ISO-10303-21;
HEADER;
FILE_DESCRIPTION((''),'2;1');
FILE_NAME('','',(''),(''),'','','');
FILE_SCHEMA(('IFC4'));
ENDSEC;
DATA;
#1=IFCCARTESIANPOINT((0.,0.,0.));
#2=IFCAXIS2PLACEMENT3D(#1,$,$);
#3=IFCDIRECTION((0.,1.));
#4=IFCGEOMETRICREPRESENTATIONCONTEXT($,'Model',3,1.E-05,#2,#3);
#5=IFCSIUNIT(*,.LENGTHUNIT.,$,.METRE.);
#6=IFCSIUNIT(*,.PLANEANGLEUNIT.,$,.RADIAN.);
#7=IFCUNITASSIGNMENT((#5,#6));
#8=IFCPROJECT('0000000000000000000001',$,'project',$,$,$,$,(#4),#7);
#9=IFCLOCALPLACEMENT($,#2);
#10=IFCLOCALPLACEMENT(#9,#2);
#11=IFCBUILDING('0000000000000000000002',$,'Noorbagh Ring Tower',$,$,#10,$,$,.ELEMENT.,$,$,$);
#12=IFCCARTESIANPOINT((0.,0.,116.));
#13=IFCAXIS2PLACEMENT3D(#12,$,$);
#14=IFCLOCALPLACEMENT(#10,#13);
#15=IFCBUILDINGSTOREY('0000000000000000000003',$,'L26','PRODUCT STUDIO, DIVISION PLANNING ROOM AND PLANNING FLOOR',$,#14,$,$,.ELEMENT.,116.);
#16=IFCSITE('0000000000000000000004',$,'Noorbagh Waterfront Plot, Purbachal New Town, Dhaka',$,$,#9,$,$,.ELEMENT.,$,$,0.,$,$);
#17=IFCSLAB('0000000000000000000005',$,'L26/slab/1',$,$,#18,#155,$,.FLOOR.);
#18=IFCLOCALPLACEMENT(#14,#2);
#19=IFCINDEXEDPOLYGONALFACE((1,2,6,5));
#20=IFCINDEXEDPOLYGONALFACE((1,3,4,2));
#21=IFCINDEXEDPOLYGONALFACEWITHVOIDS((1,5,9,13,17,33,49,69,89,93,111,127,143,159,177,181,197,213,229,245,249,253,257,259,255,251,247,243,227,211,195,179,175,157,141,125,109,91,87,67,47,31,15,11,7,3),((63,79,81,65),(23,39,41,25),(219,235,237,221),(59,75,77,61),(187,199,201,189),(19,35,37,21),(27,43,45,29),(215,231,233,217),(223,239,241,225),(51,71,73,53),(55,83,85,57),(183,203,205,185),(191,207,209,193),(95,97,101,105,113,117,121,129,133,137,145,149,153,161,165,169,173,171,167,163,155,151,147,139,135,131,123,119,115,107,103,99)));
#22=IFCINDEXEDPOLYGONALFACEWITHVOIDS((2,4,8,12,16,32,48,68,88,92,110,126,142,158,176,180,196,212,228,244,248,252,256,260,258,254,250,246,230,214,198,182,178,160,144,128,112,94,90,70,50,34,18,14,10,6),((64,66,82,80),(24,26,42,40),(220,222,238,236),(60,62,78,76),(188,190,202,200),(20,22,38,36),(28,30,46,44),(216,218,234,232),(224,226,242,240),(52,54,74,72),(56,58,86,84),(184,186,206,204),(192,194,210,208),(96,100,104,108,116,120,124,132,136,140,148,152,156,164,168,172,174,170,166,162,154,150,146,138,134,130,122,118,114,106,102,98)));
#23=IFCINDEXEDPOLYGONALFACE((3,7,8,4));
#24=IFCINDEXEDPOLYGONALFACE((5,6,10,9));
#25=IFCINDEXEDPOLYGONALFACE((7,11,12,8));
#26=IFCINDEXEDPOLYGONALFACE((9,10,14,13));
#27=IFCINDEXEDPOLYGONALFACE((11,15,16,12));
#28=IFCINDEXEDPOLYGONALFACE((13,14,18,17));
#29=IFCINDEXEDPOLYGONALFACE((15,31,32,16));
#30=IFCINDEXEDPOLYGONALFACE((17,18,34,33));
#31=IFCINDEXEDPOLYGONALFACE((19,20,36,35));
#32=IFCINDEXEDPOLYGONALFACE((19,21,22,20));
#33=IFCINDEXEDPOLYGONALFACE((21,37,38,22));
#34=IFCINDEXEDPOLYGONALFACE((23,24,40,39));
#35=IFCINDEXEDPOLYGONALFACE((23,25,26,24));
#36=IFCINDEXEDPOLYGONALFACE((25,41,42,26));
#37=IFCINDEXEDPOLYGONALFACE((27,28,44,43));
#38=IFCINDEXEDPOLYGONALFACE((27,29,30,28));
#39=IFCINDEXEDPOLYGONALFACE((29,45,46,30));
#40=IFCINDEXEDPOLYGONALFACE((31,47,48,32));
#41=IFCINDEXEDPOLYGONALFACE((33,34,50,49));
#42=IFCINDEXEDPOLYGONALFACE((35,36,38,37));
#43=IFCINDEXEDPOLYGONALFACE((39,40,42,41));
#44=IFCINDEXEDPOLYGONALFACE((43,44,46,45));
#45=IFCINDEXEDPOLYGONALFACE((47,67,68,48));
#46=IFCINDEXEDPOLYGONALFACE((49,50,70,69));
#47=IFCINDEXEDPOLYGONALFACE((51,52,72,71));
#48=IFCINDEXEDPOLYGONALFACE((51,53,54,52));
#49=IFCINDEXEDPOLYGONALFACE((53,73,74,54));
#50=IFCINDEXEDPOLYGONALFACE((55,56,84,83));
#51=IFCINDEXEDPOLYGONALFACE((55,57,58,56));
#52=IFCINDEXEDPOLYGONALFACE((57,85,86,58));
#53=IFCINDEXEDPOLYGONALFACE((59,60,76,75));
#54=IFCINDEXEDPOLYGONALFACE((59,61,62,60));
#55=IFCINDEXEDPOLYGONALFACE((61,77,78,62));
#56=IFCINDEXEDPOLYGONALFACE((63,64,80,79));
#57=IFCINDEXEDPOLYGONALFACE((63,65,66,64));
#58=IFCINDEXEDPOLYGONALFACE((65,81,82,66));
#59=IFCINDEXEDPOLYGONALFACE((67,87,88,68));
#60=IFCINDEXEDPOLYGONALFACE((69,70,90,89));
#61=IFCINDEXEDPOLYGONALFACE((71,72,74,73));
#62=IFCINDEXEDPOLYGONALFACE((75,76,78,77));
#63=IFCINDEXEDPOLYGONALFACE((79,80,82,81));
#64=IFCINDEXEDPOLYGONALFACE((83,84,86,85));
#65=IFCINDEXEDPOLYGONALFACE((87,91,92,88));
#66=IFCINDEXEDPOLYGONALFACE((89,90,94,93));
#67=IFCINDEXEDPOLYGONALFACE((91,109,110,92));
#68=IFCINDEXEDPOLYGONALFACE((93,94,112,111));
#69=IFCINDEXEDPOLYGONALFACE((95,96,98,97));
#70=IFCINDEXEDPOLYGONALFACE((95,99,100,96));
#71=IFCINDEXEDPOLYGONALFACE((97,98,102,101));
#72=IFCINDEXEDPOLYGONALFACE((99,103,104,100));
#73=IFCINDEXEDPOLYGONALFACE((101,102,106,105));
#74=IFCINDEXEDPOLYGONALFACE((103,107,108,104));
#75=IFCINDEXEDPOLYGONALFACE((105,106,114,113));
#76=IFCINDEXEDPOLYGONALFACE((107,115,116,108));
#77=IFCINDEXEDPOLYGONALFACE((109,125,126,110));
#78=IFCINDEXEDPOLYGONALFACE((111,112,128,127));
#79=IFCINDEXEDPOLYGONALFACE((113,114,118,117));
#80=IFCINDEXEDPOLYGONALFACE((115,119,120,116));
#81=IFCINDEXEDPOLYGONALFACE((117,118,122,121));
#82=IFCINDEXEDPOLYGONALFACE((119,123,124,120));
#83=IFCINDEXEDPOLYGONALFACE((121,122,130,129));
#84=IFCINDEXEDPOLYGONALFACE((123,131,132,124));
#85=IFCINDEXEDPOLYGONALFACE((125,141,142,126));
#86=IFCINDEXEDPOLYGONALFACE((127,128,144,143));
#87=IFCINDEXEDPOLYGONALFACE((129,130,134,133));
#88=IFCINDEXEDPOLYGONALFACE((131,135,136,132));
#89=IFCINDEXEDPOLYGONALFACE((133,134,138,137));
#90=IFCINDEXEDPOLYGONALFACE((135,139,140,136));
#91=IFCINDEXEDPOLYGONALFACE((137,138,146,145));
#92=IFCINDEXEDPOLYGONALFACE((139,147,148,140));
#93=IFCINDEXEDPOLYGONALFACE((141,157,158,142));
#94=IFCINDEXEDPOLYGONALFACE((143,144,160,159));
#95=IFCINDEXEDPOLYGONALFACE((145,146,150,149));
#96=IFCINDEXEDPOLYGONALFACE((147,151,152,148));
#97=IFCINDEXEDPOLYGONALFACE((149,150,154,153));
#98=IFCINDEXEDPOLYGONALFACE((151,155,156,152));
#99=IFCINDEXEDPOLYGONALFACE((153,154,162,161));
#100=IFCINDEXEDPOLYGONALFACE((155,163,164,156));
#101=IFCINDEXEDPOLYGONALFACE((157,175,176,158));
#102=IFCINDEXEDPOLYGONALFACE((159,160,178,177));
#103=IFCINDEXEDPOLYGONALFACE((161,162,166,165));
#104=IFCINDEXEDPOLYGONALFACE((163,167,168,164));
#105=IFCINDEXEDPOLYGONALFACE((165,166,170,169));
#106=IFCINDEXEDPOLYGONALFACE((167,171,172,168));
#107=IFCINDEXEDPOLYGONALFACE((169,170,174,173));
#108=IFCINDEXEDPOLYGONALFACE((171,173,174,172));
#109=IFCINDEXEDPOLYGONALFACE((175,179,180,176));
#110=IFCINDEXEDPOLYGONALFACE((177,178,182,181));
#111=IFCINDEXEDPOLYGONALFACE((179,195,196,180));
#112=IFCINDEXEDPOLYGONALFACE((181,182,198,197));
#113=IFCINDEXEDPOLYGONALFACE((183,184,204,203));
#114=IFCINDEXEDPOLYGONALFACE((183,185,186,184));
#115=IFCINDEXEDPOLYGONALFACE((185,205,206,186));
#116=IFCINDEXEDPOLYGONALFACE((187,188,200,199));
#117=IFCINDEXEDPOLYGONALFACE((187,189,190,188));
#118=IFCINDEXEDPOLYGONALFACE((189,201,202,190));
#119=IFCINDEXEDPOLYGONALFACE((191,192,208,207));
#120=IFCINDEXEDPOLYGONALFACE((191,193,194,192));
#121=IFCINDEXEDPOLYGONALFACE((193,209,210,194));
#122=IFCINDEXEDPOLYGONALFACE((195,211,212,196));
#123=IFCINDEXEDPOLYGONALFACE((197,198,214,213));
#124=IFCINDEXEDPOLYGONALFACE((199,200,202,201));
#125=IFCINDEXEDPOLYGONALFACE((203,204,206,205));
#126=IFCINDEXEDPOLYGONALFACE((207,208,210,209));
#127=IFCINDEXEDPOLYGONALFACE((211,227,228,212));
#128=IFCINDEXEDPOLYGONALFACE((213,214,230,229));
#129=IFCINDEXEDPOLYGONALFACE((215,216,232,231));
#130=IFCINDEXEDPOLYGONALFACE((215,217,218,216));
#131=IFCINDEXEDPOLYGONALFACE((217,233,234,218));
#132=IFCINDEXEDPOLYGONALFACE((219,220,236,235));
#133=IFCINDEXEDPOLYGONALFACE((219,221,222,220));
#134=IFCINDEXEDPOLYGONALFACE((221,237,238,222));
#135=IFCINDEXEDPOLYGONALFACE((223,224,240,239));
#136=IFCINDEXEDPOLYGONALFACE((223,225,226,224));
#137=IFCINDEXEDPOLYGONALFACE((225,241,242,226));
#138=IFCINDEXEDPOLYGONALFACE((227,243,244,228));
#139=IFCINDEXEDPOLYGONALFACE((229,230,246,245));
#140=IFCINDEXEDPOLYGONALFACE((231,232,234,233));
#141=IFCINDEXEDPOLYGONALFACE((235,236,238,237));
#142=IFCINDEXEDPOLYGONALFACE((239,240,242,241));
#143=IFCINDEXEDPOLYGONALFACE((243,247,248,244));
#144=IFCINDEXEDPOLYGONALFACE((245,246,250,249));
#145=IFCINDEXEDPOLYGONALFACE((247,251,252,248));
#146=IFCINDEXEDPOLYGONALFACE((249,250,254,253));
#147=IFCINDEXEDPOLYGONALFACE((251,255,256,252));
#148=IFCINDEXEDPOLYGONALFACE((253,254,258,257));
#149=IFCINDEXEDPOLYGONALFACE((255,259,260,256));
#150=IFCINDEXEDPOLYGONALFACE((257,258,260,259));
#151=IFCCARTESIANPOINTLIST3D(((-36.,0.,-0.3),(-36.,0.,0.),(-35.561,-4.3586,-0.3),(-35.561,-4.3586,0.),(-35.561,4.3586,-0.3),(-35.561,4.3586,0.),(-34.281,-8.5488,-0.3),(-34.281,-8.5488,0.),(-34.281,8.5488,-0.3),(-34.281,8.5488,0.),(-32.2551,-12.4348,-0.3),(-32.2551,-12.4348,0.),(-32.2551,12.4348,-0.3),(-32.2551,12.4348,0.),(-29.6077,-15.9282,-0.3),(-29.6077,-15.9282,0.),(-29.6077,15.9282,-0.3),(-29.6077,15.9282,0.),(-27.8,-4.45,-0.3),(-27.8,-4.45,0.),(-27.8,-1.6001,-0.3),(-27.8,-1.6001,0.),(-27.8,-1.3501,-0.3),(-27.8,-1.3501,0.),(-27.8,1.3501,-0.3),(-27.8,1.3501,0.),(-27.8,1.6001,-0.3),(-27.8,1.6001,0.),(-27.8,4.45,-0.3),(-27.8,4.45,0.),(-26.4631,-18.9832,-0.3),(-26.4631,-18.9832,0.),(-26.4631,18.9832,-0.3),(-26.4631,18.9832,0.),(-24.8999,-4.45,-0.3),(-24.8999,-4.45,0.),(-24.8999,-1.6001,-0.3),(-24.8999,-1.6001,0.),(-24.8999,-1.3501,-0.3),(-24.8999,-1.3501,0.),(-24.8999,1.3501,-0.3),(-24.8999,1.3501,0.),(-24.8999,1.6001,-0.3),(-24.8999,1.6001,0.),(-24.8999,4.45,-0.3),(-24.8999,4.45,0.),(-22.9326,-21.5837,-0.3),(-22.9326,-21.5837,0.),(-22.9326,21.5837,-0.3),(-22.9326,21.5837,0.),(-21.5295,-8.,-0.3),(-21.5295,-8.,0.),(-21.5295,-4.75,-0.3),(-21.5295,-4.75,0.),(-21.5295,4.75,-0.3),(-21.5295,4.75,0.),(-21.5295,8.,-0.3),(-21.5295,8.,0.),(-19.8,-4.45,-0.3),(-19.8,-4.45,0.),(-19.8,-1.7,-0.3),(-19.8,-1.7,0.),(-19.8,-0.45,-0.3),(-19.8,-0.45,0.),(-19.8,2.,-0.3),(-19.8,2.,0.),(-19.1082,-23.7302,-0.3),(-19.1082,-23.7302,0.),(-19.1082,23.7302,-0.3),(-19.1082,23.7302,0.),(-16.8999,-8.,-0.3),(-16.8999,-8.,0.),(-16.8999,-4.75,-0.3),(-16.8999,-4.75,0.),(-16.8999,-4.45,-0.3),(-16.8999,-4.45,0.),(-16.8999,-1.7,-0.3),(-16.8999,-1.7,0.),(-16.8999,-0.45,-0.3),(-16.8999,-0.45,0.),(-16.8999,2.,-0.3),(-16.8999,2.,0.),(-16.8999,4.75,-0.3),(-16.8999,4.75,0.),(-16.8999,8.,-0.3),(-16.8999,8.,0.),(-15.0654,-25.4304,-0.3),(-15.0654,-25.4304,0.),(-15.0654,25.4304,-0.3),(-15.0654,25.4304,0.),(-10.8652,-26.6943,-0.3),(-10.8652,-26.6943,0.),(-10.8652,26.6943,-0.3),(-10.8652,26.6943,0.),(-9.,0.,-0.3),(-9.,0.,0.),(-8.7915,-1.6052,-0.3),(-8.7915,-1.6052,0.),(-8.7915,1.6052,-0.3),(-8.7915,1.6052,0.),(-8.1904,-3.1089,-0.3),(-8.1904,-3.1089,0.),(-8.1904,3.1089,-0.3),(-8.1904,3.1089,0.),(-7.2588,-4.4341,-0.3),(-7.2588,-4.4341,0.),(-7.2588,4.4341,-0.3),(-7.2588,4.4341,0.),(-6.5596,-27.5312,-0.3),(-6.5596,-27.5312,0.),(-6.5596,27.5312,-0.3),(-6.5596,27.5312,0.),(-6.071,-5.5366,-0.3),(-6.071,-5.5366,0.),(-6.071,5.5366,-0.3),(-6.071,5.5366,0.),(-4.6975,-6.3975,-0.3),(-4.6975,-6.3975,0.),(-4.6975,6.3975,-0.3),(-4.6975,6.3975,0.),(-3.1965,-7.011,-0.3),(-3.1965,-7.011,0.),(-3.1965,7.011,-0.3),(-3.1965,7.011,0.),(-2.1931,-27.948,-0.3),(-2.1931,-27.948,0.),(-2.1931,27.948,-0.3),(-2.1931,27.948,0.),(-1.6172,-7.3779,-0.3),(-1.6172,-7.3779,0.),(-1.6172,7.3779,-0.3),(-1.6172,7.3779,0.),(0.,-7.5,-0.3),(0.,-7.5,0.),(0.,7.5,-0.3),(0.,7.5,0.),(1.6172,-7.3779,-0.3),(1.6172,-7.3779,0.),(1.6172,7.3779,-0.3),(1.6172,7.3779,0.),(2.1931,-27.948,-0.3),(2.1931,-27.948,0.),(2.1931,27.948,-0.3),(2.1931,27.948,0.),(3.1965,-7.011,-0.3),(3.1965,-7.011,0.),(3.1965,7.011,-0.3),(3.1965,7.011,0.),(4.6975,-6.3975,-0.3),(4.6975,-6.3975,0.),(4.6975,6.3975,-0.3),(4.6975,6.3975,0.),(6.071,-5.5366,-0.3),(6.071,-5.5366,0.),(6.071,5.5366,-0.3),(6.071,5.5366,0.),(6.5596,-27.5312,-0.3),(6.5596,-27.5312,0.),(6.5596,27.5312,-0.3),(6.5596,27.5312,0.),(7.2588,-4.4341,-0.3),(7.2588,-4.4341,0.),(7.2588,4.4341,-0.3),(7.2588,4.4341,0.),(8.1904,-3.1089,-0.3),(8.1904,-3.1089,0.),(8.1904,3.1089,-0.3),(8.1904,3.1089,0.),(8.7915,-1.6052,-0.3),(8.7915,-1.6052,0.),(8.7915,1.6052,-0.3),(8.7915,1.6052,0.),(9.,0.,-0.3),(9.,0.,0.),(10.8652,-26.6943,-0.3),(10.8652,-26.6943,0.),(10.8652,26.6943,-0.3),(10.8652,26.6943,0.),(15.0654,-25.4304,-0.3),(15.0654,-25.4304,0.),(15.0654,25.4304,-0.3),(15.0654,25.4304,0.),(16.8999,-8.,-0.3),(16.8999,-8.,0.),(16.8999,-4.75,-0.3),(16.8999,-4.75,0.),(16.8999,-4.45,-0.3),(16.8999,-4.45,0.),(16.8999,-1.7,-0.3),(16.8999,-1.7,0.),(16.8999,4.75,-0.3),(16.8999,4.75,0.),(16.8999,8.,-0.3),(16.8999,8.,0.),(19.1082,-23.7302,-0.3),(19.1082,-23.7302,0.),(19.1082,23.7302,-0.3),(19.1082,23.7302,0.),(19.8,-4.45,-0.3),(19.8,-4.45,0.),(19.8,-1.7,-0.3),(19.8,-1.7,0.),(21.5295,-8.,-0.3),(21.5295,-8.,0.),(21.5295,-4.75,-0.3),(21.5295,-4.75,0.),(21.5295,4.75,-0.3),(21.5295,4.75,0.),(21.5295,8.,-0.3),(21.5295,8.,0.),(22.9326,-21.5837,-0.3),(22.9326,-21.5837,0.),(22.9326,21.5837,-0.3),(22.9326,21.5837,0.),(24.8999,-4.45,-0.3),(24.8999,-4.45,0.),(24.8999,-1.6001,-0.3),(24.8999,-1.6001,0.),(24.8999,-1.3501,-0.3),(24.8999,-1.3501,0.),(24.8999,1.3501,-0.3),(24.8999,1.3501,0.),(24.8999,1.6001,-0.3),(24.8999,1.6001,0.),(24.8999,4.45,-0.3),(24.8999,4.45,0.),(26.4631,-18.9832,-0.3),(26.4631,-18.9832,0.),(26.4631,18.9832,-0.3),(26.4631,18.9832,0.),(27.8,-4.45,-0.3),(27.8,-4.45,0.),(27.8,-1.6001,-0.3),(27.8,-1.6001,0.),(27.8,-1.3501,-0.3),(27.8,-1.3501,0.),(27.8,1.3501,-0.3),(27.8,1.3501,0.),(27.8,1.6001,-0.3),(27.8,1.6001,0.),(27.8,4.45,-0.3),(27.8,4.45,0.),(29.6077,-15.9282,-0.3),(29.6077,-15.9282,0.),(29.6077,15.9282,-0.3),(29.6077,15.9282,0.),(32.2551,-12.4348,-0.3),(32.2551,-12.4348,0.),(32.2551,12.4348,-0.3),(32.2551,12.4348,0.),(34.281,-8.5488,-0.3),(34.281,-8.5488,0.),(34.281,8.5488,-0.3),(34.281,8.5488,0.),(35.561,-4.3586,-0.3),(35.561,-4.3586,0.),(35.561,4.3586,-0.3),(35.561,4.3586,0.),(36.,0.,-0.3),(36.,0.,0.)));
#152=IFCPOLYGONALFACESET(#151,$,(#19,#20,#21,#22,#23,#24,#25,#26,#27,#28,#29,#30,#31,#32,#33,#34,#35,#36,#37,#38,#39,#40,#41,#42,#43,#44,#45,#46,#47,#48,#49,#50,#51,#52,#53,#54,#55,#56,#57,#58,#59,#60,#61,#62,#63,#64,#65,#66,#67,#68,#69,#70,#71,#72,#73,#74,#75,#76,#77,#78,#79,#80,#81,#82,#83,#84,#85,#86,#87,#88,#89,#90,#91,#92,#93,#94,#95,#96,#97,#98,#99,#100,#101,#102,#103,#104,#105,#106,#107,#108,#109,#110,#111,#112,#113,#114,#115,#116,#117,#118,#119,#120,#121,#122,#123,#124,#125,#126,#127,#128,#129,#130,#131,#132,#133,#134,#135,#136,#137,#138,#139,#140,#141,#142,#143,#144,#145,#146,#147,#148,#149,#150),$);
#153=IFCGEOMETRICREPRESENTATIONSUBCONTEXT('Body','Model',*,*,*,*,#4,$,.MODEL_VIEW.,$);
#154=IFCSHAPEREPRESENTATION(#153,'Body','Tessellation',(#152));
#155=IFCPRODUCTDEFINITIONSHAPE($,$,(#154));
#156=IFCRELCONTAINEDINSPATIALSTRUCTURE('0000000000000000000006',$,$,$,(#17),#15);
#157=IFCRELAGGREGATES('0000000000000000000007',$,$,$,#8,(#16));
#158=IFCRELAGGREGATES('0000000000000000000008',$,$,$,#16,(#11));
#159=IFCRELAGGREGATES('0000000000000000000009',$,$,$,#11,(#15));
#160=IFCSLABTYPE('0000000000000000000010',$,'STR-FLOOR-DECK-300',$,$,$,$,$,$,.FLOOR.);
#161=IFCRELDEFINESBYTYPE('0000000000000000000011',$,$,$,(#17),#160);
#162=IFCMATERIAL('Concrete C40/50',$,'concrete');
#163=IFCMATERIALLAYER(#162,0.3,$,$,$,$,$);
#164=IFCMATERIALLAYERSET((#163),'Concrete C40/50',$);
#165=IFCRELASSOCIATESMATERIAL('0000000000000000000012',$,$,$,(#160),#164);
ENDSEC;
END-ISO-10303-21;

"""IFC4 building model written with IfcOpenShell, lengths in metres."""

from ifc_helpers import new_model, si_unit, direction, frame, origin, place, context, subcontext, project, spatial, polyline, outline, extrude, material, layer, layer_set, type_object, element, save


model = new_model("IFC4")

# Units and contexts
model_context = context("Model", 3, precision=1e-05, world=origin(), true_north=direction((0.0, 1.0)))
body_context = subcontext(model_context, "Body", "Model", "MODEL_VIEW")
ifc_project = project(units=[si_unit("LENGTHUNIT", "METRE"), si_unit("PLANEANGLEUNIT", "RADIAN")], contexts=[model_context])

# Site, building, storey
site_placement = place(None, origin())
site = spatial("IfcSite", under=ifc_project, at=site_placement, Name="Noorbagh Waterfront Plot, Purbachal New Town, Dhaka", CompositionType="ELEMENT", RefElevation=0.0)
building_placement = place(site_placement, origin())
building = spatial("IfcBuilding", under=site, at=building_placement, Name="Noorbagh Ring Tower", CompositionType="ELEMENT")
storey_placement = place(building_placement, frame((0.0, 0.0, 116.0)))
storey = spatial("IfcBuildingStorey", under=building, at=storey_placement, Name="L26", Description="PRODUCT STUDIO, DIVISION PLANNING ROOM AND PLANNING FLOOR", CompositionType="ELEMENT", Elevation=116.0)

# Slab
ifc_material_1 = material(Name="Concrete C40/50", Category="concrete")
ifc_layer_1 = layer(ifc_material_1, 0.3)
ifc_layer_set_1 = layer_set([ifc_layer_1], Name="Concrete C40/50")
slab_type_1 = type_object("IfcSlabType", Name="STR-FLOOR-DECK-300", PredefinedType="FLOOR", material=ifc_layer_set_1)
slab_1_placement = place(storey_placement, frame((0.0, 0.0, -0.3)))
element("IfcSlab", 1, at=slab_1_placement, inside=storey, type_object=slab_type_1, Name="L26/slab/1", PredefinedType="FLOOR", context=body_context, shape_type="SweptSolid", body=[
    extrude(outline(polyline([(36.0, 0.0), (35.561, 4.3586), (34.281, 8.5488), (32.2551, 12.4348), (29.6077, 15.9282), (26.4631, 18.9832), (22.9326, 21.5837), (19.1082, 23.7302), (15.0654, 25.4304), (10.8652, 26.6943), (6.5596, 27.5312), (2.1931, 27.948), (-2.1931, 27.948), (-6.5596, 27.5312), (-10.8652, 26.6943), (-15.0654, 25.4304), (-19.1082, 23.7302), (-22.9326, 21.5837), (-26.4631, 18.9832), (-29.6077, 15.9282), (-32.2551, 12.4348), (-34.281, 8.5488), (-35.561, 4.3586), (-36.0, 0.0), (-35.561, -4.3586), (-34.281, -8.5488), (-32.2551, -12.4348), (-29.6077, -15.9282), (-26.4631, -18.9832), (-22.9326, -21.5837), (-19.1082, -23.7302), (-15.0654, -25.4304), (-10.8652, -26.6943), (-6.5596, -27.5312), (-2.1931, -27.948), (2.1931, -27.948), (6.5596, -27.5312), (10.8652, -26.6943), (15.0654, -25.4304), (19.1082, -23.7302), (22.9326, -21.5837), (26.4631, -18.9832), (29.6077, -15.9282), (32.2551, -12.4348), (34.281, -8.5488), (35.561, -4.3586), (36.0, 0.0)]), holes=[polyline([(24.8999, -1.6001), (27.8, -1.6001), (27.8, -4.45), (24.8999, -4.45), (24.8999, -1.6001)]), polyline([(24.8999, 1.3501), (27.8, 1.3501), (27.8, -1.3501), (24.8999, -1.3501), (24.8999, 1.3501)]), polyline([(24.8999, 4.45), (27.8, 4.45), (27.8, 1.6001), (24.8999, 1.6001), (24.8999, 4.45)]), polyline([(21.5295, -4.75), (21.5295, -8.0), (16.8999, -8.0), (16.8999, -4.75), (21.5295, -4.75)]), polyline([(21.5295, 4.75), (16.8999, 4.75), (16.8999, 8.0), (21.5295, 8.0), (21.5295, 4.75)]), polyline([(16.8999, -1.7), (19.8, -1.7), (19.8, -4.45), (16.8999, -4.45), (16.8999, -1.7)]), polyline([(4.6975, -6.3975), (3.1965, -7.011), (1.6172, -7.3779), (0.0, -7.5), (-1.6172, -7.3779), (-3.1965, -7.011), (-4.6975, -6.3975), (-6.071, -5.5366), (-7.2588, -4.4341), (-8.1904, -3.1089), (-8.7915, -1.6052), (-9.0, 0.0), (-8.7915, 1.6052), (-8.1904, 3.1089), (-7.2588, 4.4341), (-6.071, 5.5366), (-4.6975, 6.3975), (-3.1965, 7.011), (-1.6172, 7.3779), (0.0, 7.5), (1.6172, 7.3779), (3.1965, 7.011), (4.6975, 6.3975), (6.071, 5.5366), (7.2588, 4.4341), (8.1904, 3.1089), (8.7915, 1.6052), (9.0, 0.0), (8.7915, -1.6052), (8.1904, -3.1089), (7.2588, -4.4341), (6.071, -5.5366), (4.6975, -6.3975)]), polyline([(-21.5295, -8.0), (-21.5295, -4.75), (-16.8999, -4.75), (-16.8999, -8.0), (-21.5295, -8.0)]), polyline([(-21.5295, 8.0), (-16.8999, 8.0), (-16.8999, 4.75), (-21.5295, 4.75), (-21.5295, 8.0)]), polyline([(-16.8999, -4.45), (-19.8, -4.45), (-19.8, -1.7), (-16.8999, -1.7), (-16.8999, -4.45)]), polyline([(-16.8999, -0.45), (-19.8, -0.45), (-19.8, 2.0), (-16.8999, 2.0), (-16.8999, -0.45)]), polyline([(-24.8999, -4.45), (-27.8, -4.45), (-27.8, -1.6001), (-24.8999, -1.6001), (-24.8999, -4.45)]), polyline([(-24.8999, -1.3501), (-27.8, -1.3501), (-27.8, 1.3501), (-24.8999, 1.3501), (-24.8999, -1.3501)]), polyline([(-24.8999, 1.6001), (-27.8, 1.6001), (-27.8, 4.45), (-24.8999, 4.45), (-24.8999, 1.6001)])]), origin(), (0.0, 0.0, 1.0), 0.3),
])

save(model, "model.ifc")
